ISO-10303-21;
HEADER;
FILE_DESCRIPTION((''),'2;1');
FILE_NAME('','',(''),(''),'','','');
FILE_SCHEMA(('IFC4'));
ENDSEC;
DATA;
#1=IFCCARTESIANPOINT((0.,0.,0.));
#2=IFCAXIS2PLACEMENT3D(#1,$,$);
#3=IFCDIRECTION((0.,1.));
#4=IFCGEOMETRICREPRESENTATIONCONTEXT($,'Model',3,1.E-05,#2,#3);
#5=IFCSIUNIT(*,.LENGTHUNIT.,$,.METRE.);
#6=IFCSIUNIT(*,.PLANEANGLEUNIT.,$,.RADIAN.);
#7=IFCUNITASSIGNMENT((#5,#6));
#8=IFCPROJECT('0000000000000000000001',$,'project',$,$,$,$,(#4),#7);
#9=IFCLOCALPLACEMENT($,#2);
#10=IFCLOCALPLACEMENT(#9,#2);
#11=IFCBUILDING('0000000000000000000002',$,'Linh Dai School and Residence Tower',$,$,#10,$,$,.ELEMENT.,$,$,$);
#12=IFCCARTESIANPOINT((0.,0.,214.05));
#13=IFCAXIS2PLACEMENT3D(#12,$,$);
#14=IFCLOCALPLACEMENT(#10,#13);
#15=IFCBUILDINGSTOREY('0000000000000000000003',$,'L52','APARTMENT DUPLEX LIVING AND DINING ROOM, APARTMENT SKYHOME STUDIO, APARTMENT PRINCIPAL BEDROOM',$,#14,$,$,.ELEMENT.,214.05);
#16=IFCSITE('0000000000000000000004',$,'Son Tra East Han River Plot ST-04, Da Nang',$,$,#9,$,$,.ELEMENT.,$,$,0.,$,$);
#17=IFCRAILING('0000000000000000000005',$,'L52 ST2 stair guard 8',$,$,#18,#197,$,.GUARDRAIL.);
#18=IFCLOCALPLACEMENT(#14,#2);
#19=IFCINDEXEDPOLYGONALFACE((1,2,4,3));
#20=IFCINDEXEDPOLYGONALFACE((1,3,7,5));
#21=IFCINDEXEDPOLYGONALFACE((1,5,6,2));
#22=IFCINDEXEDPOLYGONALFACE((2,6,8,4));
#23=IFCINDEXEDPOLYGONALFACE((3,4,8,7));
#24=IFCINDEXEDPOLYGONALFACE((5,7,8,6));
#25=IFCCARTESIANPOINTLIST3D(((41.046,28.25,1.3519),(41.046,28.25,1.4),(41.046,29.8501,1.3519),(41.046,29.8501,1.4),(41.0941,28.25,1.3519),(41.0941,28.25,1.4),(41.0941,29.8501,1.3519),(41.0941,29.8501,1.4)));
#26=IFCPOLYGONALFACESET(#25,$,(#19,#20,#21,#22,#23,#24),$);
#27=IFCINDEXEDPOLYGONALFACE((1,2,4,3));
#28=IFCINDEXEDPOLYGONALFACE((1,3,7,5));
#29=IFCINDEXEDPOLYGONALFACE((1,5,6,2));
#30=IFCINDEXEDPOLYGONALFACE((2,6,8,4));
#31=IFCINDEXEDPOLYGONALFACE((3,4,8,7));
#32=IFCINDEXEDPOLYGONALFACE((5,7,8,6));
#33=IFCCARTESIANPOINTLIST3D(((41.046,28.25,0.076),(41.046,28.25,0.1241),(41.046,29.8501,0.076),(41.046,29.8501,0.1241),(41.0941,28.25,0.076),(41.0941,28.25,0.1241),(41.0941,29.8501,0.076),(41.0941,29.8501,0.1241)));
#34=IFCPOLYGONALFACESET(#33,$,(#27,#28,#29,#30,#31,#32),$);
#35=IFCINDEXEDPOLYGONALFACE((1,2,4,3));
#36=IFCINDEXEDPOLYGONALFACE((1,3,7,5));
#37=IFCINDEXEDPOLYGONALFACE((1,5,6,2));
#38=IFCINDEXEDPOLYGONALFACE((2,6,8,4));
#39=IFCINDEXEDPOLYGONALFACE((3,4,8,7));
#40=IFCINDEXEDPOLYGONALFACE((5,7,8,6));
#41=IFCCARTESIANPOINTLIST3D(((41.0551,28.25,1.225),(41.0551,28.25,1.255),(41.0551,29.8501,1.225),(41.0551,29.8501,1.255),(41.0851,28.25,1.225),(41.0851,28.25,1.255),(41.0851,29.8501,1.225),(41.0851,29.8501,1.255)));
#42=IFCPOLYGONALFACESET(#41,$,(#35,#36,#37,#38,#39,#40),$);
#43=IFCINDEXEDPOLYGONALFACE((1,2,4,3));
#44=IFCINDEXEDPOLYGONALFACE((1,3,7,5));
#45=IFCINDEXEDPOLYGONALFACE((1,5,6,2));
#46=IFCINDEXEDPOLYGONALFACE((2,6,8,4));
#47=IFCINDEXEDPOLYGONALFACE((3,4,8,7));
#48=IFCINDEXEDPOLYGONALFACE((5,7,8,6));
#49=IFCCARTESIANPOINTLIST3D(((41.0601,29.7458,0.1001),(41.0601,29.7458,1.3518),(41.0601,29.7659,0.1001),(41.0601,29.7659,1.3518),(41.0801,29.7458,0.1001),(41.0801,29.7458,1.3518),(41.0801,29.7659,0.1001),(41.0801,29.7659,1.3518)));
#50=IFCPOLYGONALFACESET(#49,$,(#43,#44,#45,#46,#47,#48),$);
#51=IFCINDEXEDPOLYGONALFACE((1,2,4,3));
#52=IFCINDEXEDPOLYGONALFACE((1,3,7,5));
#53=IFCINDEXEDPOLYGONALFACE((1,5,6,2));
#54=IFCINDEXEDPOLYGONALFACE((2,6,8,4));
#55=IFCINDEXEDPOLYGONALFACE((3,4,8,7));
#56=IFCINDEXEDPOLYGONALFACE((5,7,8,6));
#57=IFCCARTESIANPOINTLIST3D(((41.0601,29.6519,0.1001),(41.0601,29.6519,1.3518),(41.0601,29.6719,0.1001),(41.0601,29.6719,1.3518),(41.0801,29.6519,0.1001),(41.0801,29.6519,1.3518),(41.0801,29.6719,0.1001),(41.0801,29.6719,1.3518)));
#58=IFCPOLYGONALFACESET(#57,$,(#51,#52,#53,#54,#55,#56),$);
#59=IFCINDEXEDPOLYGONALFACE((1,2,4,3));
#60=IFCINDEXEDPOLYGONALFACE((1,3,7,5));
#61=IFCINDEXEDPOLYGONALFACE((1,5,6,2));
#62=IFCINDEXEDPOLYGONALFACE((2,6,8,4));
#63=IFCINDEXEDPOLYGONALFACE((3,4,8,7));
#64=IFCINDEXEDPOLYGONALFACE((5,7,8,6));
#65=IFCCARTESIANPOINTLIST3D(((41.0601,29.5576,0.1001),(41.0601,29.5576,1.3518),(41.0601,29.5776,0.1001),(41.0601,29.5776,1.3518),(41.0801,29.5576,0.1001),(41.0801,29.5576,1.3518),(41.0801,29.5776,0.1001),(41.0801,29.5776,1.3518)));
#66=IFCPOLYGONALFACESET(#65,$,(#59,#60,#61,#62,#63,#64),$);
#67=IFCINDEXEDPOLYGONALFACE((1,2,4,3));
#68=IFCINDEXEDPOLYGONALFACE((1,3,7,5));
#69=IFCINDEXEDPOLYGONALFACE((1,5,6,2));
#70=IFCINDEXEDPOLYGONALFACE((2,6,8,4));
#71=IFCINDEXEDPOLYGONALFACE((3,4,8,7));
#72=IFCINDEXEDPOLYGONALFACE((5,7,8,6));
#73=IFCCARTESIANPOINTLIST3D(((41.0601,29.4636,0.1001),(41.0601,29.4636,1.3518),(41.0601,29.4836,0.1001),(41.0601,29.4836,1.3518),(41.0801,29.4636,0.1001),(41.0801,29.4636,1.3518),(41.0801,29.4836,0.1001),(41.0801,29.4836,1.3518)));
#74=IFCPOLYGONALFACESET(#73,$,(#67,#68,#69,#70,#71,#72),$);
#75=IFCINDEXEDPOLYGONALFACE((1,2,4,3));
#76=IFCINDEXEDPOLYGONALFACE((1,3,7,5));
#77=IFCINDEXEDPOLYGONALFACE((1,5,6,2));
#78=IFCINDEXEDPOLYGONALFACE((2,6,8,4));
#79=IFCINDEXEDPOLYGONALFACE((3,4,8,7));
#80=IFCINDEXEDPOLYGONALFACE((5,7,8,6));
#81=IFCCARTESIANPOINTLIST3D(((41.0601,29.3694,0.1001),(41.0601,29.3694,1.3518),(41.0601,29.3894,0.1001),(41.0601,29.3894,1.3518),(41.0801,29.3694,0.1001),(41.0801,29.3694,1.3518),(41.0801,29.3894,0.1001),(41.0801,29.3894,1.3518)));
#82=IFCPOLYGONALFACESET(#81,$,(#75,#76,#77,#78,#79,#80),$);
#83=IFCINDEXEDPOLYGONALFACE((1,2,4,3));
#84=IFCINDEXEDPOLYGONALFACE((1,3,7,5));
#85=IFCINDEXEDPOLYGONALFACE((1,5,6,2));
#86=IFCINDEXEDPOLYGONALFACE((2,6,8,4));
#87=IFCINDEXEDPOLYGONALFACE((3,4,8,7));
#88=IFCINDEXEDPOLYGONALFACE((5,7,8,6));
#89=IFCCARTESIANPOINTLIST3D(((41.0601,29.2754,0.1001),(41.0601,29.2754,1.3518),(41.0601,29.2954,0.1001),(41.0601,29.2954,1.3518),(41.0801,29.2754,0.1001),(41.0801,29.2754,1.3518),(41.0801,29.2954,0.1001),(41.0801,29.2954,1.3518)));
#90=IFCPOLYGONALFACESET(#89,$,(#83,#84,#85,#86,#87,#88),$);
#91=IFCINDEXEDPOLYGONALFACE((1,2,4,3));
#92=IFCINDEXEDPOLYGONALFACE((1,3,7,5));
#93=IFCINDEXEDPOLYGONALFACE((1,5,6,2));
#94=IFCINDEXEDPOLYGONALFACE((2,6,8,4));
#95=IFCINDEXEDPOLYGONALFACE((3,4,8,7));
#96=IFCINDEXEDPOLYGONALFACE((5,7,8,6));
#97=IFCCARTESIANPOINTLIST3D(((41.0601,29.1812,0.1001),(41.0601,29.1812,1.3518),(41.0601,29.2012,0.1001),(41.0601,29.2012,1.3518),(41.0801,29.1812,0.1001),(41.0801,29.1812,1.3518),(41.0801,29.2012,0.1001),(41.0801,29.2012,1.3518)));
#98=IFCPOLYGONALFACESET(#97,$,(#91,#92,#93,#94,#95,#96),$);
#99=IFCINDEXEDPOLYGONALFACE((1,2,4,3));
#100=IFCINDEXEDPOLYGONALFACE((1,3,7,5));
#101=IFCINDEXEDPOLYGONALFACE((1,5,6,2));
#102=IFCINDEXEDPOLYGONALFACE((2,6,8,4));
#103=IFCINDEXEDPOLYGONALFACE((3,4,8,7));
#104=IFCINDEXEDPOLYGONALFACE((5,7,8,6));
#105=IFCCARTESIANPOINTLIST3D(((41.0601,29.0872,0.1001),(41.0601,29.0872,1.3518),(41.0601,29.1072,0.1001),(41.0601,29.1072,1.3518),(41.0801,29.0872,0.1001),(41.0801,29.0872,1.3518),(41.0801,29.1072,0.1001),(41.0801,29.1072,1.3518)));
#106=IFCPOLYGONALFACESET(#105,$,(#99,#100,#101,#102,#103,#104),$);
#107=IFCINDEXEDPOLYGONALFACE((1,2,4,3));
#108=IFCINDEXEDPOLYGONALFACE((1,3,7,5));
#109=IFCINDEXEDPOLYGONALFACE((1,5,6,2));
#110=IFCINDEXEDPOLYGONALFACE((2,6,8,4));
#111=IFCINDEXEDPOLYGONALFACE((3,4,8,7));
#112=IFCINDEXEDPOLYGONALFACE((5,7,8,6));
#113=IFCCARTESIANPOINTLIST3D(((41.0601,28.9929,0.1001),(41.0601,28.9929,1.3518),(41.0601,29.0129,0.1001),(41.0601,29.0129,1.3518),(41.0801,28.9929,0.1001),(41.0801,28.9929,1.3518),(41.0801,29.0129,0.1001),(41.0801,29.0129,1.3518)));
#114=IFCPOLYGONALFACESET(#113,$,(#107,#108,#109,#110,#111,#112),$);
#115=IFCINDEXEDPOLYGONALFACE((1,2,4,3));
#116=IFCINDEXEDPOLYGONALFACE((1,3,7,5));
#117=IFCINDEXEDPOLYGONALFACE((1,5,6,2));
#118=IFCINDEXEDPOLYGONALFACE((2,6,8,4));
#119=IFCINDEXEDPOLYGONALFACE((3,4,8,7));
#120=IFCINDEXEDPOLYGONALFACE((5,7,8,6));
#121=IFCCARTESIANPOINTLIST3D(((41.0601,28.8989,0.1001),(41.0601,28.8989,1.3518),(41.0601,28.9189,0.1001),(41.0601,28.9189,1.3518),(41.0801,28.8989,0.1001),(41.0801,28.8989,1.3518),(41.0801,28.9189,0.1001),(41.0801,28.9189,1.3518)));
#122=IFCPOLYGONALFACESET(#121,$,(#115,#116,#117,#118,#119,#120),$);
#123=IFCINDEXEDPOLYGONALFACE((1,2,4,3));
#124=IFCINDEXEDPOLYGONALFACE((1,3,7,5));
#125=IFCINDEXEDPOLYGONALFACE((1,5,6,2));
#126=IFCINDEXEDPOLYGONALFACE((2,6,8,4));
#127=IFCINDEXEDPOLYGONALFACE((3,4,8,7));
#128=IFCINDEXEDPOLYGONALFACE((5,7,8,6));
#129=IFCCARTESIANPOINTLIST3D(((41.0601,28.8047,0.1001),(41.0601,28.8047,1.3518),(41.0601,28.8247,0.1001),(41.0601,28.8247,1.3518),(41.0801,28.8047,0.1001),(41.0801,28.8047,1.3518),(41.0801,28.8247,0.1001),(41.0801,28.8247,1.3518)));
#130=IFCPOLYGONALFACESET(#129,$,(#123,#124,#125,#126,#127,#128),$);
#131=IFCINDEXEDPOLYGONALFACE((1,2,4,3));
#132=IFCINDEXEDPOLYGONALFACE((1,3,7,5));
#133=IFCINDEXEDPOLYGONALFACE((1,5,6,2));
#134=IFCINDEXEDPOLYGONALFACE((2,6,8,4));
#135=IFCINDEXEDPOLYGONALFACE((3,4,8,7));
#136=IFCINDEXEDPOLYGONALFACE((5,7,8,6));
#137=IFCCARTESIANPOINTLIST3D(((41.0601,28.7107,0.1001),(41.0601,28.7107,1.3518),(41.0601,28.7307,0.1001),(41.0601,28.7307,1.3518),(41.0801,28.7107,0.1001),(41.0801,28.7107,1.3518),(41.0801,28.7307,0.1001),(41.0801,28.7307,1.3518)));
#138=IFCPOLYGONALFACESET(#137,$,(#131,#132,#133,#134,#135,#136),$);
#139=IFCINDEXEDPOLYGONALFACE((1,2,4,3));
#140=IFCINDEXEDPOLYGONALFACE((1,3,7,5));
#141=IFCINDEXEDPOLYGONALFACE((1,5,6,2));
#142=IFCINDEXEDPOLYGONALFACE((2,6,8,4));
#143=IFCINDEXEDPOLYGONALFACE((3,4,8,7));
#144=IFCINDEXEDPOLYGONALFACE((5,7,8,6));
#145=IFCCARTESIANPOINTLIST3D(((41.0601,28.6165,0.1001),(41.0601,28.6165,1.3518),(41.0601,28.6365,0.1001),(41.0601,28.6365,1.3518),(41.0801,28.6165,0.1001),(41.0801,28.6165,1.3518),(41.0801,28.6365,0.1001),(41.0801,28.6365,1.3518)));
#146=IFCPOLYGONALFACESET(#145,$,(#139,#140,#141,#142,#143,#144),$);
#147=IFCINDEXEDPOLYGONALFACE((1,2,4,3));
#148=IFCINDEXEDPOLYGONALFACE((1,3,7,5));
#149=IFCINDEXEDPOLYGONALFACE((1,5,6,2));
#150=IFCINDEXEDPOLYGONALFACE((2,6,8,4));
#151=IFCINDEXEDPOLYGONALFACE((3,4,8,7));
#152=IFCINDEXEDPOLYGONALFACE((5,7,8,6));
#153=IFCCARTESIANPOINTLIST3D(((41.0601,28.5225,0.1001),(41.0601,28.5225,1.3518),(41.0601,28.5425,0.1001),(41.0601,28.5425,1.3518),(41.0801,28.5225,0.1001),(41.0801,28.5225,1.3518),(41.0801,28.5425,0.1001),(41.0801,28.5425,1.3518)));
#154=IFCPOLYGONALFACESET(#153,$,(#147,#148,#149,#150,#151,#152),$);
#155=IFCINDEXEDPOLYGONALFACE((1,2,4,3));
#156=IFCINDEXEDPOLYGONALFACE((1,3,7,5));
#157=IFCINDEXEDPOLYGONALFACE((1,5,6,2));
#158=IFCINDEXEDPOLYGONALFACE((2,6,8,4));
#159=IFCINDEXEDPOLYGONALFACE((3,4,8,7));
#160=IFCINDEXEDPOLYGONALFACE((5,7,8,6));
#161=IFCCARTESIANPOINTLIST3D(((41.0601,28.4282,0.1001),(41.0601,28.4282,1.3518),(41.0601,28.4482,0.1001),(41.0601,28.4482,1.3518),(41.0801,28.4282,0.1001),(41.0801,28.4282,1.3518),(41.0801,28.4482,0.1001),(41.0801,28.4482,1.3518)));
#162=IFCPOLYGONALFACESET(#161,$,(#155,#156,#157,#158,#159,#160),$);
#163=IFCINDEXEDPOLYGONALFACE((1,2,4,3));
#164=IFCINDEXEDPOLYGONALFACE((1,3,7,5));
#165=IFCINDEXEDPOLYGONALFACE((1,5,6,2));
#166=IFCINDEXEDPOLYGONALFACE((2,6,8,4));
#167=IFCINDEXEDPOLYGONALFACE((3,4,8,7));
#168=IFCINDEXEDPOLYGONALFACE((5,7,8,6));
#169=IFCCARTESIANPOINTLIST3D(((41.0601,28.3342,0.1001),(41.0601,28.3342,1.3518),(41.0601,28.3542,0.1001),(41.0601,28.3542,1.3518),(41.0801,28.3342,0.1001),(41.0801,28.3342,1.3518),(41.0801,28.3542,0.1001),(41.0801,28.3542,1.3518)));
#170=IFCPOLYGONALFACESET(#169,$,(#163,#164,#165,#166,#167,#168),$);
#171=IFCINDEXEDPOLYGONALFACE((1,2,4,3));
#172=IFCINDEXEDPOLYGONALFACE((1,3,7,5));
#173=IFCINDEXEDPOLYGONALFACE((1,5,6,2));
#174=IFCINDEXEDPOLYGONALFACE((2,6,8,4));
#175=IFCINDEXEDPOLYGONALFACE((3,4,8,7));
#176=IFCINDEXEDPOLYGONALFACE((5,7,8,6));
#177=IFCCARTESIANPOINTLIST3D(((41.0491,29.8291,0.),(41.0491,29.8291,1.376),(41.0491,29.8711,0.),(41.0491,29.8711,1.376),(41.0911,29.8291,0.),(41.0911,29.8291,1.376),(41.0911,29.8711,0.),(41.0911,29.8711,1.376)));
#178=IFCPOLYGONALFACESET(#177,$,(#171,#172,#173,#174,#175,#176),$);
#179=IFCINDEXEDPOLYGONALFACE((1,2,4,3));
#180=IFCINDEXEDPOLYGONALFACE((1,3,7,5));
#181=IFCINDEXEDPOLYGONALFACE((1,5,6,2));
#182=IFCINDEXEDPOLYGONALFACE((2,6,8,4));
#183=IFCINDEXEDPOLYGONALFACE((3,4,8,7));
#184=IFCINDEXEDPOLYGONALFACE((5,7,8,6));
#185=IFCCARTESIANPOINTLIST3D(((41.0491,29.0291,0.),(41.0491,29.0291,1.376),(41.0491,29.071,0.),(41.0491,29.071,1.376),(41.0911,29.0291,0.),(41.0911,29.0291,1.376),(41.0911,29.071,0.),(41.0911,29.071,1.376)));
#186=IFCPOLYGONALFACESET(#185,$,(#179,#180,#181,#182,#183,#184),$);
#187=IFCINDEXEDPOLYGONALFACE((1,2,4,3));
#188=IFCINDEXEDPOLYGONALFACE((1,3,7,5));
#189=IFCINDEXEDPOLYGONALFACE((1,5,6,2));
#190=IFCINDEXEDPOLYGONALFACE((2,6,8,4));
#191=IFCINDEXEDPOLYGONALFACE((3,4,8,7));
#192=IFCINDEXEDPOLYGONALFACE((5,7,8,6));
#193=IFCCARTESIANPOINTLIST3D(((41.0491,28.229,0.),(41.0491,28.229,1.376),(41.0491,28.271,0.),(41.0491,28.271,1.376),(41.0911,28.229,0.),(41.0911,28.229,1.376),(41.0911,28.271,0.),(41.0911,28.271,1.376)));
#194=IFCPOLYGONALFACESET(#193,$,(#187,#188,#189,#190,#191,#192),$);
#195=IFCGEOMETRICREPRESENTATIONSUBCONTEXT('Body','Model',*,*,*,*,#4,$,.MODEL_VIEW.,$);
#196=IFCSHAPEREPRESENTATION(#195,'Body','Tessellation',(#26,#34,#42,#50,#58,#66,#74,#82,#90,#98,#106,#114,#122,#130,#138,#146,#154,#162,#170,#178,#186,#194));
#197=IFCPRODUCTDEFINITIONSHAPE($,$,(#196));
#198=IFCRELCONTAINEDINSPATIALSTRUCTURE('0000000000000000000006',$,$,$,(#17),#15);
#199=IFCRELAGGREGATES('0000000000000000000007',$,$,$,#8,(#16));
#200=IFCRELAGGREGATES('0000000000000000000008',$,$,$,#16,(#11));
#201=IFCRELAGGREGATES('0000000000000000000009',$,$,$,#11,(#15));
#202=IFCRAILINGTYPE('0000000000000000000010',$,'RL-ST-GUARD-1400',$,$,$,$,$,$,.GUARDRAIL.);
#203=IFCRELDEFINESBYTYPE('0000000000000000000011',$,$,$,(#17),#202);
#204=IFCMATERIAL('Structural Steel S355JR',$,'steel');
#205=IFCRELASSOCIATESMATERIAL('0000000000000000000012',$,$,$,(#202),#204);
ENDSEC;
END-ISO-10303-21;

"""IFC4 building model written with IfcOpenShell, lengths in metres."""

from ifc_helpers import new_model, si_unit, direction, frame, origin, origin_2d, place, context, subcontext, project, spatial, rectangle, extrude, source, transform, mapped, material, type_object, element, save


model = new_model("IFC4")

# Units and contexts
model_context = context("Model", 3, precision=1e-05, world=origin(), true_north=direction((0.0, 1.0)))
body_context = subcontext(model_context, "Body", "Model", "MODEL_VIEW")
ifc_project = project(units=[si_unit("LENGTHUNIT", "METRE"), si_unit("PLANEANGLEUNIT", "RADIAN")], contexts=[model_context])

# Site, building, storey
site_placement = place(None, origin())
site = spatial("IfcSite", under=ifc_project, at=site_placement, Name="Son Tra East Han River Plot ST-04, Da Nang", CompositionType="ELEMENT", RefElevation=0.0)
building_placement = place(site_placement, origin())
building = spatial("IfcBuilding", under=site, at=building_placement, Name="Linh Dai School and Residence Tower", CompositionType="ELEMENT")
storey_placement = place(building_placement, frame((0.0, 0.0, 214.05)))
storey = spatial("IfcBuildingStorey", under=building, at=storey_placement, Name="L52", Description="APARTMENT DUPLEX LIVING AND DINING ROOM, APARTMENT SKYHOME STUDIO, APARTMENT PRINCIPAL BEDROOM", CompositionType="ELEMENT", Elevation=214.05)

# Shared definitions
ifc_material_1 = material(Name="Structural Steel S355JR", Category="steel")

# Railing
railing_type_1 = type_object("IfcRailingType", Name="RL-ST-GUARD-1400", PredefinedType="GUARDRAIL", material=ifc_material_1)
shared_shape_1 = source(origin(), body_context, "Body", "SweptSolid", [
    extrude(rectangle(XDim=0.0481, YDim=0.0481, at=origin_2d()), frame((0.0, 0.0, 1.376), z_axis=(0.0, -1.0, 0.0), x_axis=(1.0, 0.0, 0.0)), (0.0, 0.0, 1.0), 1.6001),
    extrude(rectangle(XDim=0.0481, YDim=0.0481, at=origin_2d()), frame((0.0, 0.0, 0.1001), z_axis=(0.0, -1.0, 0.0), x_axis=(1.0, 0.0, 0.0)), (0.0, 0.0, 1.0), 1.6001),
    extrude(rectangle(XDim=0.03, YDim=0.03, at=origin_2d()), frame((0.0, 0.0, 1.24), z_axis=(0.0, -1.0, 0.0), x_axis=(1.0, 0.0, 0.0)), (0.0, 0.0, 1.0), 1.6001),
    extrude(rectangle(XDim=0.02, YDim=0.02, at=origin_2d()), frame((0.0, -0.0942, 0.1001)), (0.0, 0.0, 1.0), 1.2517),
    extrude(rectangle(XDim=0.02, YDim=0.02, at=origin_2d()), frame((0.0, -0.1882, 0.1001)), (0.0, 0.0, 1.0), 1.2517),
    extrude(rectangle(XDim=0.02, YDim=0.02, at=origin_2d()), frame((0.0, -0.2825, 0.1001)), (0.0, 0.0, 1.0), 1.2517),
    extrude(rectangle(XDim=0.02, YDim=0.02, at=origin_2d()), frame((0.0, -0.3765, 0.1001)), (0.0, 0.0, 1.0), 1.2517),
    extrude(rectangle(XDim=0.02, YDim=0.02, at=origin_2d()), frame((0.0, -0.4707, 0.1001)), (0.0, 0.0, 1.0), 1.2517),
    extrude(rectangle(XDim=0.02, YDim=0.02, at=origin_2d()), frame((0.0, -0.5647, 0.1001)), (0.0, 0.0, 1.0), 1.2517),
    extrude(rectangle(XDim=0.02, YDim=0.02, at=origin_2d()), frame((0.0, -0.6589, 0.1001)), (0.0, 0.0, 1.0), 1.2517),
    extrude(rectangle(XDim=0.02, YDim=0.02, at=origin_2d()), frame((0.0, -0.7529, 0.1001)), (0.0, 0.0, 1.0), 1.2517),
    extrude(rectangle(XDim=0.02, YDim=0.02, at=origin_2d()), frame((0.0, -0.8472, 0.1001)), (0.0, 0.0, 1.0), 1.2517),
    extrude(rectangle(XDim=0.02, YDim=0.02, at=origin_2d()), frame((0.0, -0.9412, 0.1001)), (0.0, 0.0, 1.0), 1.2517),
    extrude(rectangle(XDim=0.02, YDim=0.02, at=origin_2d()), frame((0.0, -1.0354, 0.1001)), (0.0, 0.0, 1.0), 1.2517),
    extrude(rectangle(XDim=0.02, YDim=0.02, at=origin_2d()), frame((0.0, -1.1294, 0.1001)), (0.0, 0.0, 1.0), 1.2517),
    extrude(rectangle(XDim=0.02, YDim=0.02, at=origin_2d()), frame((0.0, -1.2236, 0.1001)), (0.0, 0.0, 1.0), 1.2517),
    extrude(rectangle(XDim=0.02, YDim=0.02, at=origin_2d()), frame((0.0, -1.3176, 0.1001)), (0.0, 0.0, 1.0), 1.2517),
    extrude(rectangle(XDim=0.02, YDim=0.02, at=origin_2d()), frame((0.0, -1.4119, 0.1001)), (0.0, 0.0, 1.0), 1.2517),
    extrude(rectangle(XDim=0.02, YDim=0.02, at=origin_2d()), frame((0.0, -1.5059, 0.1001)), (0.0, 0.0, 1.0), 1.2517),
    extrude(rectangle(XDim=0.042, YDim=0.042, at=origin_2d()), origin(), (0.0, 0.0, 1.0), 1.376),
    extrude(rectangle(XDim=0.042, YDim=0.042, at=origin_2d()), frame((0.0, -0.8, 0.0)), (0.0, 0.0, 1.0), 1.376),
    extrude(rectangle(XDim=0.042, YDim=0.042, at=origin_2d()), frame((0.0, -1.6001, 0.0)), (0.0, 0.0, 1.0), 1.376),
])
for number, where, name in (
    (1, (41.0701, 29.8501, 0.0), "L52 ST2 stair guard 8"),
):
    element("IfcRailing", number, at=place(storey_placement, frame(where)), inside=storey, type_object=railing_type_1, Name=name, PredefinedType="GUARDRAIL", context=body_context, shape_type="MappedRepresentation", body=[
        mapped(shared_shape_1, transform((0.0, 0.0, 0.0), x_axis=(1.0, 0.0, 0.0), y_axis=(0.0, 1.0, 0.0), z_axis=(0.0, 0.0, 1.0), scale=1.0)),
    ])

save(model, "model.ifc")
